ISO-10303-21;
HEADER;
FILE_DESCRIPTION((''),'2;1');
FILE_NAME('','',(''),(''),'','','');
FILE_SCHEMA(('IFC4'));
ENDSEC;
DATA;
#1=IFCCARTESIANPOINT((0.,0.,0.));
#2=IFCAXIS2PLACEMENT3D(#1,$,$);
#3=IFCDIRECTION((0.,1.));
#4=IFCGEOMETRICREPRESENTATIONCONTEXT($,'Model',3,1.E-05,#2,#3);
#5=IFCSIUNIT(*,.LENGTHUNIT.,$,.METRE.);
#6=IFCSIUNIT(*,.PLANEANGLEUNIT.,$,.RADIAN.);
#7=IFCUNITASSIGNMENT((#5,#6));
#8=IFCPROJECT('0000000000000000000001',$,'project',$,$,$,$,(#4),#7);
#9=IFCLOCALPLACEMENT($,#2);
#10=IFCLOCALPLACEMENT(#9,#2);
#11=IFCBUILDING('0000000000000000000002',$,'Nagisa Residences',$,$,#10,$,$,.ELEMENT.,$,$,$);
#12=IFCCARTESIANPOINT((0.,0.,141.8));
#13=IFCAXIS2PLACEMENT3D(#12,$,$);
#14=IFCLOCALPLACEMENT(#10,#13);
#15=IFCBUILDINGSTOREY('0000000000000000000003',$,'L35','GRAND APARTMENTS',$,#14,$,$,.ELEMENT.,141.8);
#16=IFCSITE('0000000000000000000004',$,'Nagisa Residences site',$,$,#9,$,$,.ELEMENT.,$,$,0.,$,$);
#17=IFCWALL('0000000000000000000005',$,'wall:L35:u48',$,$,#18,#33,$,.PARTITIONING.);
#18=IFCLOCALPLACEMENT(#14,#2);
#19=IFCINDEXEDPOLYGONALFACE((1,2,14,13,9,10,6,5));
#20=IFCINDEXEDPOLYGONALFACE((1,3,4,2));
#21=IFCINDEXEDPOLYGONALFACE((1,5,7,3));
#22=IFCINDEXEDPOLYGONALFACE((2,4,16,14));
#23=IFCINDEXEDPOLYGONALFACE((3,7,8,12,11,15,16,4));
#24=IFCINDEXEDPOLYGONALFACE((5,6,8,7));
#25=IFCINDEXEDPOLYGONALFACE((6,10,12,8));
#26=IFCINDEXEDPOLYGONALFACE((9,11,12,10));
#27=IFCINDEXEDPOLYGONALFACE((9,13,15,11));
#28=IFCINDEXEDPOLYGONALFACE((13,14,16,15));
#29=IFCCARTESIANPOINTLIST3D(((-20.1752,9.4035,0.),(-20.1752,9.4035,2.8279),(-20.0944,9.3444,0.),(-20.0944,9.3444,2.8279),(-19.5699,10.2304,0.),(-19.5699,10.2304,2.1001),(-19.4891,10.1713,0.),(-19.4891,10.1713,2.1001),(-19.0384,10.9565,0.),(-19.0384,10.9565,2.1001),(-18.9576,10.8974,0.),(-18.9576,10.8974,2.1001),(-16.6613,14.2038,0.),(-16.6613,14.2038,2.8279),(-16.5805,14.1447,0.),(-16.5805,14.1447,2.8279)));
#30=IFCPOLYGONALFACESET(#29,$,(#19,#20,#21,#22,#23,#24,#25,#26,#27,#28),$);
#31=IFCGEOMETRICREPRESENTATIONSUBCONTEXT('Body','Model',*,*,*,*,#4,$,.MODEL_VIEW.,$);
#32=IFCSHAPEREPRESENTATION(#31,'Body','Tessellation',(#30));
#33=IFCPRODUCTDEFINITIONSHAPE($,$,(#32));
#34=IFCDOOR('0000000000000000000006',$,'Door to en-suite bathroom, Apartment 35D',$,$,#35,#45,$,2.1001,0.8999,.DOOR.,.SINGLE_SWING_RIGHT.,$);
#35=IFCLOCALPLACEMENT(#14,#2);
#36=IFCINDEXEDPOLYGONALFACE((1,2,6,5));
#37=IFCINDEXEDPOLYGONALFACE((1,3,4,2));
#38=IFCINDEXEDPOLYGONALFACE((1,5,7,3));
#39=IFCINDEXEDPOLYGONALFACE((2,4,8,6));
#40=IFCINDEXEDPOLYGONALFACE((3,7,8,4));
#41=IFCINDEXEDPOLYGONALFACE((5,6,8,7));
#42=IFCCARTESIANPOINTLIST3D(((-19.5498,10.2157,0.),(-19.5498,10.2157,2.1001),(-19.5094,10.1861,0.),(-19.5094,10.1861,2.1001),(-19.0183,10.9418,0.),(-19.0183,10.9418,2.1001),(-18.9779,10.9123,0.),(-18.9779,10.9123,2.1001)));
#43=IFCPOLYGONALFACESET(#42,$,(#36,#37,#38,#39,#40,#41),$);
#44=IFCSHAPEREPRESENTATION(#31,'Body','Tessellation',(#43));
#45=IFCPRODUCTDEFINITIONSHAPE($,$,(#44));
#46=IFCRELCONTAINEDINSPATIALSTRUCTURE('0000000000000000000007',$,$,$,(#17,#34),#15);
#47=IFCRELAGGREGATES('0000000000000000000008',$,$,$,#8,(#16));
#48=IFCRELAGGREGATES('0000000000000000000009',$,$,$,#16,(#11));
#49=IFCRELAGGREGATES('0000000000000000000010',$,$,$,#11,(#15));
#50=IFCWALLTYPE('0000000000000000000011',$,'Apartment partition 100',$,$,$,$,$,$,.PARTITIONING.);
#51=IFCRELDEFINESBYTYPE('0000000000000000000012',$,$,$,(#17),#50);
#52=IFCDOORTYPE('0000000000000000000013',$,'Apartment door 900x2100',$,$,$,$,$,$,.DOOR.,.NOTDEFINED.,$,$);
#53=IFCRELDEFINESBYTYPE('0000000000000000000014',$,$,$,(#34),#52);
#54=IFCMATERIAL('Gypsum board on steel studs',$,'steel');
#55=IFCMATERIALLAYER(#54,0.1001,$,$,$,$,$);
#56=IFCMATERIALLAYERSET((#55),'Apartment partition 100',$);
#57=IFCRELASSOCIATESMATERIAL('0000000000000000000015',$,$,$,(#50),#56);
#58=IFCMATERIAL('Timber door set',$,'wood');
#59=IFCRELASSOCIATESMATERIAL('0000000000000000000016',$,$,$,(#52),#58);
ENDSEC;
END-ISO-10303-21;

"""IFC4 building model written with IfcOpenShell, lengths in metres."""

from ifc_helpers import new_model, si_unit, direction, frame, frame_2d, origin, place, context, subcontext, project, spatial, rectangle, extrude, material, layer, layer_set, type_object, element, fill, save


model = new_model("IFC4")

# Units and contexts
model_context = context("Model", 3, precision=1e-05, world=origin(), true_north=direction((0.0, 1.0)))
body_context = subcontext(model_context, "Body", "Model", "MODEL_VIEW")
ifc_project = project(units=[si_unit("LENGTHUNIT", "METRE"), si_unit("PLANEANGLEUNIT", "RADIAN")], contexts=[model_context])

# Site, building, storey
site_placement = place(None, origin())
site = spatial("IfcSite", under=ifc_project, at=site_placement, Name="Nagisa Residences site", CompositionType="ELEMENT", RefElevation=0.0)
building_placement = place(site_placement, origin())
building = spatial("IfcBuilding", under=site, at=building_placement, Name="Nagisa Residences", CompositionType="ELEMENT")
storey_placement = place(building_placement, frame((0.0, 0.0, 141.8)))
storey = spatial("IfcBuildingStorey", under=building, at=storey_placement, Name="L35", Description="GRAND APARTMENTS", CompositionType="ELEMENT", Elevation=141.8)

# Wall, opening, door
ifc_material_1 = material(Name="Gypsum board on steel studs", Category="steel")
ifc_layer_1 = layer(ifc_material_1, 0.1001)
ifc_layer_set_1 = layer_set([ifc_layer_1], Name="Apartment partition 100")
wall_type_1 = type_object("IfcWallType", Name="Apartment partition 100", PredefinedType="PARTITIONING", material=ifc_layer_set_1)
ifc_material_2 = material(Name="Timber door set", Category="wood")
door_type_1 = type_object("IfcDoorType", Name="Apartment door 900x2100", OperationType="NOTDEFINED", PredefinedType="DOOR", material=ifc_material_2)
wall_1_placement = place(storey_placement, frame((-16.6208, 14.1743, 0.0), z_axis=(0.0, 0.0, 1.0), x_axis=(-0.590675, -0.80691, 0.0)))
wall_1 = element("IfcWall", 1, at=wall_1_placement, inside=storey, type_object=wall_type_1, Name="wall:L35:u48", PredefinedType="PARTITIONING", context=body_context, shape_type="SweptSolid", body=[
    extrude(rectangle(XDim=5.949, YDim=0.1001, at=frame_2d((2.9746, 0.0))), origin(), (0.0, 0.0, 1.0), 2.8279),
])
opening_1_placement = place(wall_1_placement, frame((4.0244, 0.0, 0.0)))
opening_1 = element("IfcOpeningElement", 2, at=opening_1_placement, cuts=wall_1, PredefinedType="OPENING", context=body_context, shape_type="SweptSolid", body=[
    extrude(rectangle(XDim=0.8999, YDim=2.1001, at=frame_2d((0.45, 1.05))), frame((0.0, 0.0601, 0.0), z_axis=(0.0, -1.0, 0.0), x_axis=(1.0, 0.0, 0.0)), (0.0, 0.0, 1.0), 0.1201),
])
door_1_placement = place(opening_1_placement, origin())
door_1 = element("IfcDoor", 3, at=door_1_placement, inside=storey, type_object=door_type_1, Name="Door to en-suite bathroom, Apartment 35D", OperationType="SINGLE_SWING_RIGHT", OverallHeight=2.1001, OverallWidth=0.8999, PredefinedType="DOOR", context=body_context, shape_type="SweptSolid", body=[
    extrude(rectangle(XDim=0.8999, YDim=2.1001, at=frame_2d((0.45, 1.05))), frame((0.0, 0.0249, 0.0), z_axis=(0.0, -1.0, 0.0), x_axis=(1.0, 0.0, 0.0)), (0.0, 0.0, 1.0), 0.05),
])
fill(opening_1, door_1)

save(model, "model.ifc")
